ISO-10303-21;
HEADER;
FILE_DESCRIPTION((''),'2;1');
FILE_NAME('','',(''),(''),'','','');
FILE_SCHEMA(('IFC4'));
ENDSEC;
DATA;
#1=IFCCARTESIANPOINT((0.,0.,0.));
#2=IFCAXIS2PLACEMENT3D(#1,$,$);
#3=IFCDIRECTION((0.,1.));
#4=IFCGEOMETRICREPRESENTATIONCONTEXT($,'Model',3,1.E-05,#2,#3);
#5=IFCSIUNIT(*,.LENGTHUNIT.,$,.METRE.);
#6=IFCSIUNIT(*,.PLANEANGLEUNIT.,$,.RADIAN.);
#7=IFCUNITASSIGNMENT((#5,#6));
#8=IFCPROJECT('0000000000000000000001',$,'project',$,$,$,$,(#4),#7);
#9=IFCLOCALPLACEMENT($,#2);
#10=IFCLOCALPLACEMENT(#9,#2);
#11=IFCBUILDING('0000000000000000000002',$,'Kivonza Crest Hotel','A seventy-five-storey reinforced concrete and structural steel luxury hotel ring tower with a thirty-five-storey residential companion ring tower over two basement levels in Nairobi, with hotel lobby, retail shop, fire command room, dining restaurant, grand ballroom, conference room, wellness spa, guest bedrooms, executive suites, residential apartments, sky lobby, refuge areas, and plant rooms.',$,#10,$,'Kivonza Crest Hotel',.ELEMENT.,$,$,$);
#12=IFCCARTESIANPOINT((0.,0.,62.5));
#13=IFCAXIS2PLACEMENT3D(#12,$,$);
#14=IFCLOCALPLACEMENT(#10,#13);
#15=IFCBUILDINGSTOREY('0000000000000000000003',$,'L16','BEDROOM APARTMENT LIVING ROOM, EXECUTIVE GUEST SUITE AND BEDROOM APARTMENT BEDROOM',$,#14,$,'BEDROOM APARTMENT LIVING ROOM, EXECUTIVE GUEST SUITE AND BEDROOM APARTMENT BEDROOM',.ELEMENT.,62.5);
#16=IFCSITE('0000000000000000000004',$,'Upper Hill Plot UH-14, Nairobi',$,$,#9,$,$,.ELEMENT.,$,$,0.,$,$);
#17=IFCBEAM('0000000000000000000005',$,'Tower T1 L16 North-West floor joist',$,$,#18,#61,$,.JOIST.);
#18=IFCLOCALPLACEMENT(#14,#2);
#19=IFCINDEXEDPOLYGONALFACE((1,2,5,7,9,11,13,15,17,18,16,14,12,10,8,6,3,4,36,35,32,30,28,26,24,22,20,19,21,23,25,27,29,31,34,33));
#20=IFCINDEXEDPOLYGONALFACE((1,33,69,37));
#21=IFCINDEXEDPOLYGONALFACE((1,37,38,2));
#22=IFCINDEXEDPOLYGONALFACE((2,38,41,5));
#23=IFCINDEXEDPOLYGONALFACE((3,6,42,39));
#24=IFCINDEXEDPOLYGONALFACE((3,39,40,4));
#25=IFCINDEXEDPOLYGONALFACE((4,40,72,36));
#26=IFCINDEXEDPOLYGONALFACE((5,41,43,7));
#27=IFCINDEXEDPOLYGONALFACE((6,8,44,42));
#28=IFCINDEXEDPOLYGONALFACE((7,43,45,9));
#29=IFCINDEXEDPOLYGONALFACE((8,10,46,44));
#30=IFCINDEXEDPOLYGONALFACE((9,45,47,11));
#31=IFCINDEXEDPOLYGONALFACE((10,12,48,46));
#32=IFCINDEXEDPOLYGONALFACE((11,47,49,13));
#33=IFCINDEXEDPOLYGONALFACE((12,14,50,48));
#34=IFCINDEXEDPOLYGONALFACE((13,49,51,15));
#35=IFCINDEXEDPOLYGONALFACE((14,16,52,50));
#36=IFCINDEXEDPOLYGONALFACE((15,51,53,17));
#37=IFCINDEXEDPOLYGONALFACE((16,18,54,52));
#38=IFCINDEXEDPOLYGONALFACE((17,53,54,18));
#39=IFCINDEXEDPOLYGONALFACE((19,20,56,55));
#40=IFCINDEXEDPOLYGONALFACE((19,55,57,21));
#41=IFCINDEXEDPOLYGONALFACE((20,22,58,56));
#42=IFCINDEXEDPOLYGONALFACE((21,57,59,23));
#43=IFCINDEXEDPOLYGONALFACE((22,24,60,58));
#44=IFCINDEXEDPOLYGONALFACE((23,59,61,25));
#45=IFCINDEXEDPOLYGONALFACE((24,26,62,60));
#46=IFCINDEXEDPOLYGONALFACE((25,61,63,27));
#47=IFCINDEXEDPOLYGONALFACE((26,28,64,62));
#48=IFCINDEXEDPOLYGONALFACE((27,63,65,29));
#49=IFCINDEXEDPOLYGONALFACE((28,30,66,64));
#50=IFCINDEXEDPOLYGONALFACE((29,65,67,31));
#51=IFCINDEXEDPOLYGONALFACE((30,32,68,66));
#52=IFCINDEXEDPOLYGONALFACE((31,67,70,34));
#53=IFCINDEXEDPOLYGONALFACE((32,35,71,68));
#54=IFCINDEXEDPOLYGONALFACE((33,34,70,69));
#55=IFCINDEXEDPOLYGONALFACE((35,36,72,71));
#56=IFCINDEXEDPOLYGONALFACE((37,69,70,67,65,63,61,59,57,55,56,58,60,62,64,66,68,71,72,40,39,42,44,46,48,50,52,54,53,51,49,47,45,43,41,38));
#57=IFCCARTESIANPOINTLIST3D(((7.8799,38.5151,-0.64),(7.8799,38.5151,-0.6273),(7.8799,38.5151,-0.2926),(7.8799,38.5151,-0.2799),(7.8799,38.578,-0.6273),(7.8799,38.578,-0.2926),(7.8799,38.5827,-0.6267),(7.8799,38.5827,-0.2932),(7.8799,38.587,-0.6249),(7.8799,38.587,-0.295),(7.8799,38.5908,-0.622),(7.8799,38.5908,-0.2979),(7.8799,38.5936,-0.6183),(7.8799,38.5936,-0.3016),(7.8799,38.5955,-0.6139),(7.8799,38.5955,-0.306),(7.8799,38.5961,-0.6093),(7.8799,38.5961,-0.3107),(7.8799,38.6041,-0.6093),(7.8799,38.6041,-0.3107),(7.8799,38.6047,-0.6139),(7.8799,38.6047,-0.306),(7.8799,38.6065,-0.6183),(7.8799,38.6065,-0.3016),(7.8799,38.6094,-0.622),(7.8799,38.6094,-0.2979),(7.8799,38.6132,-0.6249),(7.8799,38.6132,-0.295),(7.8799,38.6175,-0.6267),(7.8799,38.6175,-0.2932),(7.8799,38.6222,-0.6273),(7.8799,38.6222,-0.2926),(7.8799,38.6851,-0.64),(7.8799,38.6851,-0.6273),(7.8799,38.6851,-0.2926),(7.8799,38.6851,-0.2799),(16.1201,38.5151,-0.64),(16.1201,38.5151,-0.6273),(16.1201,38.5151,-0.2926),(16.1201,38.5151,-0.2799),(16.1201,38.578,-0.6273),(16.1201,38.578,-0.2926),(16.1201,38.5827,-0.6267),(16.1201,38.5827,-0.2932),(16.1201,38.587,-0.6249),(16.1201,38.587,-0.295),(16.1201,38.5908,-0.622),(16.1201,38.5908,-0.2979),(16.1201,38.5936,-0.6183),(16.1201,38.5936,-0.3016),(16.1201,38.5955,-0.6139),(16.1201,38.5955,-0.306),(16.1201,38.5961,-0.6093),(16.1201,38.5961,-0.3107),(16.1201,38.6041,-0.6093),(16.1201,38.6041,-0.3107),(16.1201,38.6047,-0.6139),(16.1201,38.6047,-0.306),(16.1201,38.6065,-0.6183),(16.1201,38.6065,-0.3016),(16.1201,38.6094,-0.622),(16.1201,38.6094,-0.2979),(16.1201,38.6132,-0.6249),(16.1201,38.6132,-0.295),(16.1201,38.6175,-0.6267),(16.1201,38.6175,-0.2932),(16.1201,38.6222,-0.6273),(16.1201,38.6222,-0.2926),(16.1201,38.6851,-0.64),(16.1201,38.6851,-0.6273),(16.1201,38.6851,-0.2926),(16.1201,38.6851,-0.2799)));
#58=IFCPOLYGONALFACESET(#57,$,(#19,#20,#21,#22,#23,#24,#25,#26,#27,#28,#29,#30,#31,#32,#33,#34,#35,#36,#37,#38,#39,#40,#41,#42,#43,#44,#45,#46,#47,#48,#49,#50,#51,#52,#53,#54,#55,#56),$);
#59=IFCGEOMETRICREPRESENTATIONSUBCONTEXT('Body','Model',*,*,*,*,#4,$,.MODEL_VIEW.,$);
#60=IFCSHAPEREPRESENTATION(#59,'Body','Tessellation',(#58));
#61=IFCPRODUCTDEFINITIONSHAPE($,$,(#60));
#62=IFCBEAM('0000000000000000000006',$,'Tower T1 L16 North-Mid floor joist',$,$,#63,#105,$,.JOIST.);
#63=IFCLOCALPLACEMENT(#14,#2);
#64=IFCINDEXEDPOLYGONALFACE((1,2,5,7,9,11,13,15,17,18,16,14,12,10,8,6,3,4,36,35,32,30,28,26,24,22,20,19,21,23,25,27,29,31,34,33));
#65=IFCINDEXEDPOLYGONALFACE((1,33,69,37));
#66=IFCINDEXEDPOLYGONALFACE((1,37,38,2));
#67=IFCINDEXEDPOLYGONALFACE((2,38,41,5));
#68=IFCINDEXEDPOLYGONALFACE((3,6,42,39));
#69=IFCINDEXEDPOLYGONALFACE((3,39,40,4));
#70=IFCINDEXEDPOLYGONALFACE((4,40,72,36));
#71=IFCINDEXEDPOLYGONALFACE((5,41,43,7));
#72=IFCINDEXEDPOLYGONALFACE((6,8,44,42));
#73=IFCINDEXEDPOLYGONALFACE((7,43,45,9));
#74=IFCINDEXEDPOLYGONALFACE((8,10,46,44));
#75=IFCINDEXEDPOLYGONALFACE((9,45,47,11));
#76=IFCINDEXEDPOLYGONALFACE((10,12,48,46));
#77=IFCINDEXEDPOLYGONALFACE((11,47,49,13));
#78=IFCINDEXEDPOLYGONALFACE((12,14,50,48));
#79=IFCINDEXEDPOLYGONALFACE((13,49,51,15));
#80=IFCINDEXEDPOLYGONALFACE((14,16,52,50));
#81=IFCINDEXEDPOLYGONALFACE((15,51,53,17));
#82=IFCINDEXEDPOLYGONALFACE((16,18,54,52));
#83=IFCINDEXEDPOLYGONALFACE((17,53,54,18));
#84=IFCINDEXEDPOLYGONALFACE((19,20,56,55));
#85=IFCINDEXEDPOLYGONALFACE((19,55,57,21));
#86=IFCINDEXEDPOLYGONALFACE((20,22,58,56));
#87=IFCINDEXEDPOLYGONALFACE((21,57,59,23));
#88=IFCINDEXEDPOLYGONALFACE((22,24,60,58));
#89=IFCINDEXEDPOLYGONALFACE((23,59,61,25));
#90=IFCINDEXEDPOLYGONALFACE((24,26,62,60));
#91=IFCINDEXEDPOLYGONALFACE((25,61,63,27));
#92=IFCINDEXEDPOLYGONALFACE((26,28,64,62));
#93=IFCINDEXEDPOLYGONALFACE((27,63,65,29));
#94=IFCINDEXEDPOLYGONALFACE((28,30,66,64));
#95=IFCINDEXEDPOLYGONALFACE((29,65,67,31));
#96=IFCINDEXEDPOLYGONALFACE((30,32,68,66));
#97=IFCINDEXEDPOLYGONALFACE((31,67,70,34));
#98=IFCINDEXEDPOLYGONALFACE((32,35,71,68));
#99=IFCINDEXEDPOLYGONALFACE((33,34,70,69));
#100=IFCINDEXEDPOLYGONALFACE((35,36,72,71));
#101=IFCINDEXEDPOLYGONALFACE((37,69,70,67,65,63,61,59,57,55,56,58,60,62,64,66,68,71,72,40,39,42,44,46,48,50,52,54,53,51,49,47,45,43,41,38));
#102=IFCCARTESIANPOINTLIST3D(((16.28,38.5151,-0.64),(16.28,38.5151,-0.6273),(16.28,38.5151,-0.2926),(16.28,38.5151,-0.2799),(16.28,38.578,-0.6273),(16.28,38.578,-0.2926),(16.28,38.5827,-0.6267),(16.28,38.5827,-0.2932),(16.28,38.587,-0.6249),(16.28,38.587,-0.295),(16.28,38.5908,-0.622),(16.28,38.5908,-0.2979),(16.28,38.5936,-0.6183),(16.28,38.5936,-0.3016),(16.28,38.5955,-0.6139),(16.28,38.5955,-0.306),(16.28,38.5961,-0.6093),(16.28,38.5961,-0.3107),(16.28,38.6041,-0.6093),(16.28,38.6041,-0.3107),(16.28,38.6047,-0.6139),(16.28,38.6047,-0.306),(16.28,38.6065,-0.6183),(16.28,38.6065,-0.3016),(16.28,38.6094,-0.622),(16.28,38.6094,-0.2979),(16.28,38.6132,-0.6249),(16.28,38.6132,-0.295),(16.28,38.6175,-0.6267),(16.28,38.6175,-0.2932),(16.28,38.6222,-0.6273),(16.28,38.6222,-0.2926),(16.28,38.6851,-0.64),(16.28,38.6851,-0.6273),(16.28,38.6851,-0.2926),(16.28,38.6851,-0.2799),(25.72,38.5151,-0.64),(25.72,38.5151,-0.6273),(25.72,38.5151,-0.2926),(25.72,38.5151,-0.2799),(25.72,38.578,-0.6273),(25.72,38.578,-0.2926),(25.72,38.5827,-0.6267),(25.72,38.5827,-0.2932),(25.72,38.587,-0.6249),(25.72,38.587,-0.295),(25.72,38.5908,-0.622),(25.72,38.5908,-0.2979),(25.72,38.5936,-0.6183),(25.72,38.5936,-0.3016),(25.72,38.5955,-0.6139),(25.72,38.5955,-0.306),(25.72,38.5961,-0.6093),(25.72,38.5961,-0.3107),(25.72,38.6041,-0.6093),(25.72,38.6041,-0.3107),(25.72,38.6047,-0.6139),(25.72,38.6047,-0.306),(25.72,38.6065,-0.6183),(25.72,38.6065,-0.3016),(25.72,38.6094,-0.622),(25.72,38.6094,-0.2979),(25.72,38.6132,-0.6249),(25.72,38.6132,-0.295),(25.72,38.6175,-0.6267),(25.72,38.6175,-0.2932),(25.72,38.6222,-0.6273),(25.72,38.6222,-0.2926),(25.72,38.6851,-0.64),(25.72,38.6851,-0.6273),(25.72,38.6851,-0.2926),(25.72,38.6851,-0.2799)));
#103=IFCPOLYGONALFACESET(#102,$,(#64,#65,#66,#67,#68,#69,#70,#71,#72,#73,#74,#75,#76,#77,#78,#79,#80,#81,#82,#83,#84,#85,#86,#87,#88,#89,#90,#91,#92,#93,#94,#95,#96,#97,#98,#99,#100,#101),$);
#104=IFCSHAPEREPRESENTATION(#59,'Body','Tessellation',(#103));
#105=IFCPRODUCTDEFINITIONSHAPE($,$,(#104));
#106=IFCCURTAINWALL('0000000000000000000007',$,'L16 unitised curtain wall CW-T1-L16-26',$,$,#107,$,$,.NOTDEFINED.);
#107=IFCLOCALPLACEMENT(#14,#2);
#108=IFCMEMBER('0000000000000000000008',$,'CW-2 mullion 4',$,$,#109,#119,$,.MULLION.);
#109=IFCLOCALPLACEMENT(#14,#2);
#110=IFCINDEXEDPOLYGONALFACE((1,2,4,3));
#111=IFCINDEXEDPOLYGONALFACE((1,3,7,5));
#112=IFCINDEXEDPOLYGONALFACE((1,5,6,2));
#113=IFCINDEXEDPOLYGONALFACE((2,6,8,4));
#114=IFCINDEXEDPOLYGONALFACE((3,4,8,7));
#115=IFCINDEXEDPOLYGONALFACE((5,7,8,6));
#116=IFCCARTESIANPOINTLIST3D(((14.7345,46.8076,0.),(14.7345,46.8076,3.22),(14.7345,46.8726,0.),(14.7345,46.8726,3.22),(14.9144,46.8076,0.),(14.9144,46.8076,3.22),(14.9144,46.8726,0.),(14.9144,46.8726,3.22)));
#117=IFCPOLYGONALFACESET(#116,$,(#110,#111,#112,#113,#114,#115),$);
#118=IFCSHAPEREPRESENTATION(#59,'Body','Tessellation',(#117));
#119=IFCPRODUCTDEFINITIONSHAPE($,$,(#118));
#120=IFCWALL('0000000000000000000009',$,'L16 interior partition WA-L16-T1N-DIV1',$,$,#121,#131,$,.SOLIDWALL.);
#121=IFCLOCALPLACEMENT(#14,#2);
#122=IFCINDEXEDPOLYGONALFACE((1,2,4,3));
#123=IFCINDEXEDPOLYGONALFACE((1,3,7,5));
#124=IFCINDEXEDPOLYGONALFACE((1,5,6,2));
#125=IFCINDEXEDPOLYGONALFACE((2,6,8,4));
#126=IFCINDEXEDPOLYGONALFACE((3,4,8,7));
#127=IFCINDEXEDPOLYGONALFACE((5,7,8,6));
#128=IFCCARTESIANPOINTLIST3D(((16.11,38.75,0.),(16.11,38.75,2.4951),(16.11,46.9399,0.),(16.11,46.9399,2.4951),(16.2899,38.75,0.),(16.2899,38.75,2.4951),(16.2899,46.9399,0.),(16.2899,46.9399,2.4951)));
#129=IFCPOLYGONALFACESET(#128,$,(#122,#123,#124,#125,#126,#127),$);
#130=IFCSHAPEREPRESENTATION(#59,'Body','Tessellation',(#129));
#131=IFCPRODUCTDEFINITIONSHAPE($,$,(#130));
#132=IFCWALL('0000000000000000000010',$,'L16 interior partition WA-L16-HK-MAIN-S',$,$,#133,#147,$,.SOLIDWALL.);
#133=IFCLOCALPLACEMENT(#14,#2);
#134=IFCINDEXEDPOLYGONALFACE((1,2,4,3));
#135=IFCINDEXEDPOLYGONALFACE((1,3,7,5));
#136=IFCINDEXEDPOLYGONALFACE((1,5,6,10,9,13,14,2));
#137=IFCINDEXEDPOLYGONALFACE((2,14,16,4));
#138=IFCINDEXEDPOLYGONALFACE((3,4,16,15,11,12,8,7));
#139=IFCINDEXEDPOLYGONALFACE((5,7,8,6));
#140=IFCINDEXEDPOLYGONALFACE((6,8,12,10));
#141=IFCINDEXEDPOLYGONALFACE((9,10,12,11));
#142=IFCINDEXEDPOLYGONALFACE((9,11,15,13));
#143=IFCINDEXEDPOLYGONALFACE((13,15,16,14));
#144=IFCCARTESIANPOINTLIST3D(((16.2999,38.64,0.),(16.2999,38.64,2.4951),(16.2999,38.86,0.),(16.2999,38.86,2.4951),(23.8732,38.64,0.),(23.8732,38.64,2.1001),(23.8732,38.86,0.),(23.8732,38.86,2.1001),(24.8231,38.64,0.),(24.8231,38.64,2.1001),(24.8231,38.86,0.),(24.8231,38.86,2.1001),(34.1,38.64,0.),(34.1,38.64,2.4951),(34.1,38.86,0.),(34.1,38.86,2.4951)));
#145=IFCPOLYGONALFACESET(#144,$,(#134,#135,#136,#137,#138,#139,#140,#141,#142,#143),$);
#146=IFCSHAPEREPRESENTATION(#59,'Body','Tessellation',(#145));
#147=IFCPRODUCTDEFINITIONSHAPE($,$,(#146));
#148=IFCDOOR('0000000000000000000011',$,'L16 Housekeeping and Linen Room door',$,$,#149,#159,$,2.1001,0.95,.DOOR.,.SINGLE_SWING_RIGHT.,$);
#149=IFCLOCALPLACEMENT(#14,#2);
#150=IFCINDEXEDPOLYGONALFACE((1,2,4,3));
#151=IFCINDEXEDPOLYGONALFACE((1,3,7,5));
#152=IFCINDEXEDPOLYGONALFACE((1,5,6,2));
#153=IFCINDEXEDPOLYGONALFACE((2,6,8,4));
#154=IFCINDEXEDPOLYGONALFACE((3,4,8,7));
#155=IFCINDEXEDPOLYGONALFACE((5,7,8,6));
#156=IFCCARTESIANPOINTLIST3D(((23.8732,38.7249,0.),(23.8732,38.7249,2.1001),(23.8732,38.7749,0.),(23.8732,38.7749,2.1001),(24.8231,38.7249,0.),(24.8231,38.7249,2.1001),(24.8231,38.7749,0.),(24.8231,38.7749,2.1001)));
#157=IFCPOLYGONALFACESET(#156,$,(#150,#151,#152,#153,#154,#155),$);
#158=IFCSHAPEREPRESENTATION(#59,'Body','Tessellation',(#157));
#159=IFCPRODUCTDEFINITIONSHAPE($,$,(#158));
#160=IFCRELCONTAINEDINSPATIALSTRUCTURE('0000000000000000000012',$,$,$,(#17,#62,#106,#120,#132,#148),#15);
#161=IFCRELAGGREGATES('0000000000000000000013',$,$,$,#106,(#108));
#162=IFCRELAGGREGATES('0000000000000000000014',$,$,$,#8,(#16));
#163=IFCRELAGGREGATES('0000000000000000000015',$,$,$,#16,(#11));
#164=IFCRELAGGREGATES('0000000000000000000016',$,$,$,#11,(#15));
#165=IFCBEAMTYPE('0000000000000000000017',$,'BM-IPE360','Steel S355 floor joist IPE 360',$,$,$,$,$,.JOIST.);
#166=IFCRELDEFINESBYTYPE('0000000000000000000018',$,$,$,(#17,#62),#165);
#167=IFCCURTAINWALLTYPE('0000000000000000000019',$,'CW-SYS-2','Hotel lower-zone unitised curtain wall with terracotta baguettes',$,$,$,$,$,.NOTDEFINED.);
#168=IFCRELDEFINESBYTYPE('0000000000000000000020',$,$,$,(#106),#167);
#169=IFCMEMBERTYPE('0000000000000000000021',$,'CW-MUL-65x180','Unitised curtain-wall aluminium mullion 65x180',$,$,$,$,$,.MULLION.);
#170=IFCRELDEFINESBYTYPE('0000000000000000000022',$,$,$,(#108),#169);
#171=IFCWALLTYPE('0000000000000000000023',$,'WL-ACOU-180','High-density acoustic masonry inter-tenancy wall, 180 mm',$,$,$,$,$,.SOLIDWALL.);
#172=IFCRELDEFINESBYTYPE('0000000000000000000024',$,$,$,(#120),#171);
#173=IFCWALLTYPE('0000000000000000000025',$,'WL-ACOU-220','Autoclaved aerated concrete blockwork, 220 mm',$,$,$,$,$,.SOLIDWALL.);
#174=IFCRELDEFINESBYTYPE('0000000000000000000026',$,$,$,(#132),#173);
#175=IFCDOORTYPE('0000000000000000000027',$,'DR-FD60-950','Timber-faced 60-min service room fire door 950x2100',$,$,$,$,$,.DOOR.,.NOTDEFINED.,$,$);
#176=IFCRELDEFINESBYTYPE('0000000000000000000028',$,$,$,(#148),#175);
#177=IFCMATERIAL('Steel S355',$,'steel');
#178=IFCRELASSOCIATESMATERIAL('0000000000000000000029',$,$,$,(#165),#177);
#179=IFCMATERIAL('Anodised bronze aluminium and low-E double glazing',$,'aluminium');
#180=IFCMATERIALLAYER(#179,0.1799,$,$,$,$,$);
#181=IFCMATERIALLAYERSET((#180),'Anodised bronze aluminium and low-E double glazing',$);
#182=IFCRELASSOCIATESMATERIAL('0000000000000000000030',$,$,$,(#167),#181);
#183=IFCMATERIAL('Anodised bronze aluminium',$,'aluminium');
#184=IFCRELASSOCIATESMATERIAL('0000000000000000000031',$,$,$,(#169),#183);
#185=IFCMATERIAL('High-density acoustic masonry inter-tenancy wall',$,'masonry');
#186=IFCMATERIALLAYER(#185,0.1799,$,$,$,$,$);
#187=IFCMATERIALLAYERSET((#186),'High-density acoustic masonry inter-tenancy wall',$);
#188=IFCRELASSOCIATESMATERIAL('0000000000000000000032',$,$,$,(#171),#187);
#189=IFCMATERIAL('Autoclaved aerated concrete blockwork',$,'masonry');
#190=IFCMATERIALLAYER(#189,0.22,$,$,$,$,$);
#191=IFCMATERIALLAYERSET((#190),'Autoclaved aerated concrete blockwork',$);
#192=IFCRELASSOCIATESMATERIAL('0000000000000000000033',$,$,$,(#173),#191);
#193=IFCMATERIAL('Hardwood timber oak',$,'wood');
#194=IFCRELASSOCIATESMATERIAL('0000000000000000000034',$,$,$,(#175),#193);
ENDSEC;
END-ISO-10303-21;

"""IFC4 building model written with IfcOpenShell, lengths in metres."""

from ifc_helpers import new_model, si_unit, direction, frame, frame_2d, origin, origin_2d, place, context, subcontext, project, spatial, rectangle, i_section, extrude, material, layer, layer_set, material_profile, profile_set, type_object, element, fill, aggregate, save


model = new_model("IFC4")

# Units and contexts
model_context = context("Model", 3, precision=1e-05, world=origin(), true_north=direction((0.0, 1.0)))
body_context = subcontext(model_context, "Body", "Model", "MODEL_VIEW")
ifc_project = project(units=[si_unit("LENGTHUNIT", "METRE"), si_unit("PLANEANGLEUNIT", "RADIAN")], contexts=[model_context])

# Site, building, storey
site_placement = place(None, origin())
site = spatial("IfcSite", under=ifc_project, at=site_placement, Name="Upper Hill Plot UH-14, Nairobi", CompositionType="ELEMENT", RefElevation=0.0)
building_placement = place(site_placement, origin())
building = spatial("IfcBuilding", under=site, at=building_placement, Name="Kivonza Crest Hotel", Description="A seventy-five-storey reinforced concrete and structural steel luxury hotel ring tower with a thirty-five-storey residential companion ring tower over two basement levels in Nairobi, with hotel lobby, retail shop, fire command room, dining restaurant, grand ballroom, conference room, wellness spa, guest bedrooms, executive suites, residential apartments, sky lobby, refuge areas, and plant rooms.", LongName="Kivonza Crest Hotel", CompositionType="ELEMENT")
storey_placement = place(building_placement, frame((0.0, 0.0, 62.5)))
storey = spatial("IfcBuildingStorey", under=building, at=storey_placement, Name="L16", Description="BEDROOM APARTMENT LIVING ROOM, EXECUTIVE GUEST SUITE AND BEDROOM APARTMENT BEDROOM", LongName="BEDROOM APARTMENT LIVING ROOM, EXECUTIVE GUEST SUITE AND BEDROOM APARTMENT BEDROOM", CompositionType="ELEMENT", Elevation=62.5)

# Beams
ifc_material_1 = material(Name="Steel S355", Category="steel")
ifc_material_profile_1 = material_profile(ifc_material_1, i_section(OverallWidth=0.1699, OverallDepth=0.3601, WebThickness=0.0081, FlangeThickness=0.0127, FilletRadius=0.0181, at=origin_2d()), Name="IPE 360")
ifc_profile_set_1 = profile_set([ifc_material_profile_1], Name="Steel S355")
beam_type_1 = type_object("IfcBeamType", Name="BM-IPE360", Description="Steel S355 floor joist IPE 360", PredefinedType="JOIST", material=ifc_profile_set_1)
beam_1_placement = place(storey_placement, frame((7.8799, 38.6001, -0.46), z_axis=(1.0, 0.0, 0.0), x_axis=(0.0, 1.0, 0.0)))
element("IfcBeam", 1, at=beam_1_placement, inside=storey, type_object=beam_type_1, Name="Tower T1 L16 North-West floor joist", PredefinedType="JOIST", context=body_context, shape_type="SweptSolid", body=[
    extrude(i_section(OverallWidth=0.1699, OverallDepth=0.3601, WebThickness=0.0081, FlangeThickness=0.0127, FilletRadius=0.0181, at=origin_2d()), origin(), (0.0, 0.0, 1.0), 8.2402),
])
beam_2_placement = place(storey_placement, frame((16.28, 38.6001, -0.46), z_axis=(1.0, 0.0, 0.0), x_axis=(0.0, 1.0, 0.0)))
element("IfcBeam", 2, at=beam_2_placement, inside=storey, type_object=beam_type_1, Name="Tower T1 L16 North-Mid floor joist", PredefinedType="JOIST", context=body_context, shape_type="SweptSolid", body=[
    extrude(i_section(OverallWidth=0.1699, OverallDepth=0.3601, WebThickness=0.0081, FlangeThickness=0.0127, FilletRadius=0.0181, at=origin_2d()), origin(), (0.0, 0.0, 1.0), 9.4399),
])

# Curtain wall, member
ifc_material_2 = material(Name="Anodised bronze aluminium and low-E double glazing", Category="aluminium")
ifc_layer_1 = layer(ifc_material_2, 0.1799)
ifc_layer_set_1 = layer_set([ifc_layer_1], Name="Anodised bronze aluminium and low-E double glazing")
curtain_wall_type = type_object("IfcCurtainWallType", Name="CW-SYS-2", Description="Hotel lower-zone unitised curtain wall with terracotta baguettes", PredefinedType="NOTDEFINED", material=ifc_layer_set_1)
curtain_wall_placement = place(storey_placement, origin())
curtain_wall = element("IfcCurtainWall", 3, at=curtain_wall_placement, inside=storey, type_object=curtain_wall_type, Name="L16 unitised curtain wall CW-T1-L16-26", PredefinedType="NOTDEFINED")
ifc_material_3 = material(Name="Anodised bronze aluminium", Category="aluminium")
ifc_material_profile_2 = material_profile(ifc_material_3, rectangle(XDim=0.0649, YDim=0.1799, at=origin_2d()), Name="CW-M 65x180")
ifc_profile_set_2 = profile_set([ifc_material_profile_2], Name="Anodised bronze aluminium")
member_type = type_object("IfcMemberType", Name="CW-MUL-65x180", Description="Unitised curtain-wall aluminium mullion 65x180", PredefinedType="MULLION", material=ifc_profile_set_2)
member_placement = place(storey_placement, frame((14.8245, 46.8401, 0.0), z_axis=(0.0, 0.0, 1.0), x_axis=(0.0, -1.0, 0.0)))
member = element("IfcMember", 4, at=member_placement, type_object=member_type, Name="CW-2 mullion 4", PredefinedType="MULLION", context=body_context, shape_type="SweptSolid", body=[
    extrude(rectangle(XDim=0.0649, YDim=0.1799, at=origin_2d()), origin(), (0.0, 0.0, 1.0), 3.22),
])
aggregate(curtain_wall, [member])

# Wall
ifc_material_4 = material(Name="High-density acoustic masonry inter-tenancy wall", Category="masonry")
ifc_layer_2 = layer(ifc_material_4, 0.1799)
ifc_layer_set_2 = layer_set([ifc_layer_2], Name="High-density acoustic masonry inter-tenancy wall")
wall_type_1 = type_object("IfcWallType", Name="WL-ACOU-180", Description="High-density acoustic masonry inter-tenancy wall, 180 mm", PredefinedType="SOLIDWALL", material=ifc_layer_set_2)
wall_1_placement = place(storey_placement, frame((16.2, 38.75, 0.0), z_axis=(0.0, 0.0, 1.0), x_axis=(0.0, 1.0, 0.0)))
element("IfcWall", 5, at=wall_1_placement, inside=storey, type_object=wall_type_1, Name="L16 interior partition WA-L16-T1N-DIV1", PredefinedType="SOLIDWALL", context=body_context, shape_type="SweptSolid", body=[
    extrude(rectangle(XDim=8.1899, YDim=0.1799, at=frame_2d((4.095, 0.0))), origin(), (0.0, 0.0, 1.0), 2.4951),
])

# Wall, opening, door
ifc_material_5 = material(Name="Autoclaved aerated concrete blockwork", Category="masonry")
ifc_layer_3 = layer(ifc_material_5, 0.22)
ifc_layer_set_3 = layer_set([ifc_layer_3], Name="Autoclaved aerated concrete blockwork")
wall_type_2 = type_object("IfcWallType", Name="WL-ACOU-220", Description="Autoclaved aerated concrete blockwork, 220 mm", PredefinedType="SOLIDWALL", material=ifc_layer_set_3)
wall_2_placement = place(storey_placement, frame((16.3, 38.75, 0.0), z_axis=(0.0, 0.0, 1.0), x_axis=(1.0, 0.0, 0.0)))
wall_2 = element("IfcWall", 6, at=wall_2_placement, inside=storey, type_object=wall_type_2, Name="L16 interior partition WA-L16-HK-MAIN-S", PredefinedType="SOLIDWALL", context=body_context, shape_type="SweptSolid", body=[
    extrude(rectangle(XDim=17.8, YDim=0.22, at=frame_2d((8.8999, 0.0))), origin(), (0.0, 0.0, 1.0), 2.4951),
])
opening_1_placement = place(wall_2_placement, frame((7.573, 0.0, 0.0)))
opening_1 = element("IfcOpeningElement", 7, at=opening_1_placement, cuts=wall_2, PredefinedType="OPENING", context=body_context, shape_type="SweptSolid", body=[
    extrude(rectangle(XDim=0.95, YDim=2.1001, at=frame_2d((0.4751, 1.05))), frame((0.0, 0.1201, 0.0), z_axis=(0.0, -1.0, 0.0), x_axis=(1.0, 0.0, 0.0)), (0.0, 0.0, 1.0), 0.24),
])
ifc_material_6 = material(Name="Hardwood timber oak", Category="wood")
door_type = type_object("IfcDoorType", Name="DR-FD60-950", Description="Timber-faced 60-min service room fire door 950x2100", OperationType="NOTDEFINED", PredefinedType="DOOR", material=ifc_material_6)
door_placement = place(opening_1_placement, origin())
door = element("IfcDoor", 8, at=door_placement, inside=storey, type_object=door_type, Name="L16 Housekeeping and Linen Room door", OperationType="SINGLE_SWING_RIGHT", OverallHeight=2.1001, OverallWidth=0.95, PredefinedType="DOOR", context=body_context, shape_type="SweptSolid", body=[
    extrude(rectangle(XDim=0.95, YDim=2.1001, at=frame_2d((0.4751, 1.05))), frame((0.0, 0.0249, 0.0), z_axis=(0.0, -1.0, 0.0), x_axis=(1.0, 0.0, 0.0)), (0.0, 0.0, 1.0), 0.05),
])
fill(opening_1, door)

save(model, "model.ifc")
